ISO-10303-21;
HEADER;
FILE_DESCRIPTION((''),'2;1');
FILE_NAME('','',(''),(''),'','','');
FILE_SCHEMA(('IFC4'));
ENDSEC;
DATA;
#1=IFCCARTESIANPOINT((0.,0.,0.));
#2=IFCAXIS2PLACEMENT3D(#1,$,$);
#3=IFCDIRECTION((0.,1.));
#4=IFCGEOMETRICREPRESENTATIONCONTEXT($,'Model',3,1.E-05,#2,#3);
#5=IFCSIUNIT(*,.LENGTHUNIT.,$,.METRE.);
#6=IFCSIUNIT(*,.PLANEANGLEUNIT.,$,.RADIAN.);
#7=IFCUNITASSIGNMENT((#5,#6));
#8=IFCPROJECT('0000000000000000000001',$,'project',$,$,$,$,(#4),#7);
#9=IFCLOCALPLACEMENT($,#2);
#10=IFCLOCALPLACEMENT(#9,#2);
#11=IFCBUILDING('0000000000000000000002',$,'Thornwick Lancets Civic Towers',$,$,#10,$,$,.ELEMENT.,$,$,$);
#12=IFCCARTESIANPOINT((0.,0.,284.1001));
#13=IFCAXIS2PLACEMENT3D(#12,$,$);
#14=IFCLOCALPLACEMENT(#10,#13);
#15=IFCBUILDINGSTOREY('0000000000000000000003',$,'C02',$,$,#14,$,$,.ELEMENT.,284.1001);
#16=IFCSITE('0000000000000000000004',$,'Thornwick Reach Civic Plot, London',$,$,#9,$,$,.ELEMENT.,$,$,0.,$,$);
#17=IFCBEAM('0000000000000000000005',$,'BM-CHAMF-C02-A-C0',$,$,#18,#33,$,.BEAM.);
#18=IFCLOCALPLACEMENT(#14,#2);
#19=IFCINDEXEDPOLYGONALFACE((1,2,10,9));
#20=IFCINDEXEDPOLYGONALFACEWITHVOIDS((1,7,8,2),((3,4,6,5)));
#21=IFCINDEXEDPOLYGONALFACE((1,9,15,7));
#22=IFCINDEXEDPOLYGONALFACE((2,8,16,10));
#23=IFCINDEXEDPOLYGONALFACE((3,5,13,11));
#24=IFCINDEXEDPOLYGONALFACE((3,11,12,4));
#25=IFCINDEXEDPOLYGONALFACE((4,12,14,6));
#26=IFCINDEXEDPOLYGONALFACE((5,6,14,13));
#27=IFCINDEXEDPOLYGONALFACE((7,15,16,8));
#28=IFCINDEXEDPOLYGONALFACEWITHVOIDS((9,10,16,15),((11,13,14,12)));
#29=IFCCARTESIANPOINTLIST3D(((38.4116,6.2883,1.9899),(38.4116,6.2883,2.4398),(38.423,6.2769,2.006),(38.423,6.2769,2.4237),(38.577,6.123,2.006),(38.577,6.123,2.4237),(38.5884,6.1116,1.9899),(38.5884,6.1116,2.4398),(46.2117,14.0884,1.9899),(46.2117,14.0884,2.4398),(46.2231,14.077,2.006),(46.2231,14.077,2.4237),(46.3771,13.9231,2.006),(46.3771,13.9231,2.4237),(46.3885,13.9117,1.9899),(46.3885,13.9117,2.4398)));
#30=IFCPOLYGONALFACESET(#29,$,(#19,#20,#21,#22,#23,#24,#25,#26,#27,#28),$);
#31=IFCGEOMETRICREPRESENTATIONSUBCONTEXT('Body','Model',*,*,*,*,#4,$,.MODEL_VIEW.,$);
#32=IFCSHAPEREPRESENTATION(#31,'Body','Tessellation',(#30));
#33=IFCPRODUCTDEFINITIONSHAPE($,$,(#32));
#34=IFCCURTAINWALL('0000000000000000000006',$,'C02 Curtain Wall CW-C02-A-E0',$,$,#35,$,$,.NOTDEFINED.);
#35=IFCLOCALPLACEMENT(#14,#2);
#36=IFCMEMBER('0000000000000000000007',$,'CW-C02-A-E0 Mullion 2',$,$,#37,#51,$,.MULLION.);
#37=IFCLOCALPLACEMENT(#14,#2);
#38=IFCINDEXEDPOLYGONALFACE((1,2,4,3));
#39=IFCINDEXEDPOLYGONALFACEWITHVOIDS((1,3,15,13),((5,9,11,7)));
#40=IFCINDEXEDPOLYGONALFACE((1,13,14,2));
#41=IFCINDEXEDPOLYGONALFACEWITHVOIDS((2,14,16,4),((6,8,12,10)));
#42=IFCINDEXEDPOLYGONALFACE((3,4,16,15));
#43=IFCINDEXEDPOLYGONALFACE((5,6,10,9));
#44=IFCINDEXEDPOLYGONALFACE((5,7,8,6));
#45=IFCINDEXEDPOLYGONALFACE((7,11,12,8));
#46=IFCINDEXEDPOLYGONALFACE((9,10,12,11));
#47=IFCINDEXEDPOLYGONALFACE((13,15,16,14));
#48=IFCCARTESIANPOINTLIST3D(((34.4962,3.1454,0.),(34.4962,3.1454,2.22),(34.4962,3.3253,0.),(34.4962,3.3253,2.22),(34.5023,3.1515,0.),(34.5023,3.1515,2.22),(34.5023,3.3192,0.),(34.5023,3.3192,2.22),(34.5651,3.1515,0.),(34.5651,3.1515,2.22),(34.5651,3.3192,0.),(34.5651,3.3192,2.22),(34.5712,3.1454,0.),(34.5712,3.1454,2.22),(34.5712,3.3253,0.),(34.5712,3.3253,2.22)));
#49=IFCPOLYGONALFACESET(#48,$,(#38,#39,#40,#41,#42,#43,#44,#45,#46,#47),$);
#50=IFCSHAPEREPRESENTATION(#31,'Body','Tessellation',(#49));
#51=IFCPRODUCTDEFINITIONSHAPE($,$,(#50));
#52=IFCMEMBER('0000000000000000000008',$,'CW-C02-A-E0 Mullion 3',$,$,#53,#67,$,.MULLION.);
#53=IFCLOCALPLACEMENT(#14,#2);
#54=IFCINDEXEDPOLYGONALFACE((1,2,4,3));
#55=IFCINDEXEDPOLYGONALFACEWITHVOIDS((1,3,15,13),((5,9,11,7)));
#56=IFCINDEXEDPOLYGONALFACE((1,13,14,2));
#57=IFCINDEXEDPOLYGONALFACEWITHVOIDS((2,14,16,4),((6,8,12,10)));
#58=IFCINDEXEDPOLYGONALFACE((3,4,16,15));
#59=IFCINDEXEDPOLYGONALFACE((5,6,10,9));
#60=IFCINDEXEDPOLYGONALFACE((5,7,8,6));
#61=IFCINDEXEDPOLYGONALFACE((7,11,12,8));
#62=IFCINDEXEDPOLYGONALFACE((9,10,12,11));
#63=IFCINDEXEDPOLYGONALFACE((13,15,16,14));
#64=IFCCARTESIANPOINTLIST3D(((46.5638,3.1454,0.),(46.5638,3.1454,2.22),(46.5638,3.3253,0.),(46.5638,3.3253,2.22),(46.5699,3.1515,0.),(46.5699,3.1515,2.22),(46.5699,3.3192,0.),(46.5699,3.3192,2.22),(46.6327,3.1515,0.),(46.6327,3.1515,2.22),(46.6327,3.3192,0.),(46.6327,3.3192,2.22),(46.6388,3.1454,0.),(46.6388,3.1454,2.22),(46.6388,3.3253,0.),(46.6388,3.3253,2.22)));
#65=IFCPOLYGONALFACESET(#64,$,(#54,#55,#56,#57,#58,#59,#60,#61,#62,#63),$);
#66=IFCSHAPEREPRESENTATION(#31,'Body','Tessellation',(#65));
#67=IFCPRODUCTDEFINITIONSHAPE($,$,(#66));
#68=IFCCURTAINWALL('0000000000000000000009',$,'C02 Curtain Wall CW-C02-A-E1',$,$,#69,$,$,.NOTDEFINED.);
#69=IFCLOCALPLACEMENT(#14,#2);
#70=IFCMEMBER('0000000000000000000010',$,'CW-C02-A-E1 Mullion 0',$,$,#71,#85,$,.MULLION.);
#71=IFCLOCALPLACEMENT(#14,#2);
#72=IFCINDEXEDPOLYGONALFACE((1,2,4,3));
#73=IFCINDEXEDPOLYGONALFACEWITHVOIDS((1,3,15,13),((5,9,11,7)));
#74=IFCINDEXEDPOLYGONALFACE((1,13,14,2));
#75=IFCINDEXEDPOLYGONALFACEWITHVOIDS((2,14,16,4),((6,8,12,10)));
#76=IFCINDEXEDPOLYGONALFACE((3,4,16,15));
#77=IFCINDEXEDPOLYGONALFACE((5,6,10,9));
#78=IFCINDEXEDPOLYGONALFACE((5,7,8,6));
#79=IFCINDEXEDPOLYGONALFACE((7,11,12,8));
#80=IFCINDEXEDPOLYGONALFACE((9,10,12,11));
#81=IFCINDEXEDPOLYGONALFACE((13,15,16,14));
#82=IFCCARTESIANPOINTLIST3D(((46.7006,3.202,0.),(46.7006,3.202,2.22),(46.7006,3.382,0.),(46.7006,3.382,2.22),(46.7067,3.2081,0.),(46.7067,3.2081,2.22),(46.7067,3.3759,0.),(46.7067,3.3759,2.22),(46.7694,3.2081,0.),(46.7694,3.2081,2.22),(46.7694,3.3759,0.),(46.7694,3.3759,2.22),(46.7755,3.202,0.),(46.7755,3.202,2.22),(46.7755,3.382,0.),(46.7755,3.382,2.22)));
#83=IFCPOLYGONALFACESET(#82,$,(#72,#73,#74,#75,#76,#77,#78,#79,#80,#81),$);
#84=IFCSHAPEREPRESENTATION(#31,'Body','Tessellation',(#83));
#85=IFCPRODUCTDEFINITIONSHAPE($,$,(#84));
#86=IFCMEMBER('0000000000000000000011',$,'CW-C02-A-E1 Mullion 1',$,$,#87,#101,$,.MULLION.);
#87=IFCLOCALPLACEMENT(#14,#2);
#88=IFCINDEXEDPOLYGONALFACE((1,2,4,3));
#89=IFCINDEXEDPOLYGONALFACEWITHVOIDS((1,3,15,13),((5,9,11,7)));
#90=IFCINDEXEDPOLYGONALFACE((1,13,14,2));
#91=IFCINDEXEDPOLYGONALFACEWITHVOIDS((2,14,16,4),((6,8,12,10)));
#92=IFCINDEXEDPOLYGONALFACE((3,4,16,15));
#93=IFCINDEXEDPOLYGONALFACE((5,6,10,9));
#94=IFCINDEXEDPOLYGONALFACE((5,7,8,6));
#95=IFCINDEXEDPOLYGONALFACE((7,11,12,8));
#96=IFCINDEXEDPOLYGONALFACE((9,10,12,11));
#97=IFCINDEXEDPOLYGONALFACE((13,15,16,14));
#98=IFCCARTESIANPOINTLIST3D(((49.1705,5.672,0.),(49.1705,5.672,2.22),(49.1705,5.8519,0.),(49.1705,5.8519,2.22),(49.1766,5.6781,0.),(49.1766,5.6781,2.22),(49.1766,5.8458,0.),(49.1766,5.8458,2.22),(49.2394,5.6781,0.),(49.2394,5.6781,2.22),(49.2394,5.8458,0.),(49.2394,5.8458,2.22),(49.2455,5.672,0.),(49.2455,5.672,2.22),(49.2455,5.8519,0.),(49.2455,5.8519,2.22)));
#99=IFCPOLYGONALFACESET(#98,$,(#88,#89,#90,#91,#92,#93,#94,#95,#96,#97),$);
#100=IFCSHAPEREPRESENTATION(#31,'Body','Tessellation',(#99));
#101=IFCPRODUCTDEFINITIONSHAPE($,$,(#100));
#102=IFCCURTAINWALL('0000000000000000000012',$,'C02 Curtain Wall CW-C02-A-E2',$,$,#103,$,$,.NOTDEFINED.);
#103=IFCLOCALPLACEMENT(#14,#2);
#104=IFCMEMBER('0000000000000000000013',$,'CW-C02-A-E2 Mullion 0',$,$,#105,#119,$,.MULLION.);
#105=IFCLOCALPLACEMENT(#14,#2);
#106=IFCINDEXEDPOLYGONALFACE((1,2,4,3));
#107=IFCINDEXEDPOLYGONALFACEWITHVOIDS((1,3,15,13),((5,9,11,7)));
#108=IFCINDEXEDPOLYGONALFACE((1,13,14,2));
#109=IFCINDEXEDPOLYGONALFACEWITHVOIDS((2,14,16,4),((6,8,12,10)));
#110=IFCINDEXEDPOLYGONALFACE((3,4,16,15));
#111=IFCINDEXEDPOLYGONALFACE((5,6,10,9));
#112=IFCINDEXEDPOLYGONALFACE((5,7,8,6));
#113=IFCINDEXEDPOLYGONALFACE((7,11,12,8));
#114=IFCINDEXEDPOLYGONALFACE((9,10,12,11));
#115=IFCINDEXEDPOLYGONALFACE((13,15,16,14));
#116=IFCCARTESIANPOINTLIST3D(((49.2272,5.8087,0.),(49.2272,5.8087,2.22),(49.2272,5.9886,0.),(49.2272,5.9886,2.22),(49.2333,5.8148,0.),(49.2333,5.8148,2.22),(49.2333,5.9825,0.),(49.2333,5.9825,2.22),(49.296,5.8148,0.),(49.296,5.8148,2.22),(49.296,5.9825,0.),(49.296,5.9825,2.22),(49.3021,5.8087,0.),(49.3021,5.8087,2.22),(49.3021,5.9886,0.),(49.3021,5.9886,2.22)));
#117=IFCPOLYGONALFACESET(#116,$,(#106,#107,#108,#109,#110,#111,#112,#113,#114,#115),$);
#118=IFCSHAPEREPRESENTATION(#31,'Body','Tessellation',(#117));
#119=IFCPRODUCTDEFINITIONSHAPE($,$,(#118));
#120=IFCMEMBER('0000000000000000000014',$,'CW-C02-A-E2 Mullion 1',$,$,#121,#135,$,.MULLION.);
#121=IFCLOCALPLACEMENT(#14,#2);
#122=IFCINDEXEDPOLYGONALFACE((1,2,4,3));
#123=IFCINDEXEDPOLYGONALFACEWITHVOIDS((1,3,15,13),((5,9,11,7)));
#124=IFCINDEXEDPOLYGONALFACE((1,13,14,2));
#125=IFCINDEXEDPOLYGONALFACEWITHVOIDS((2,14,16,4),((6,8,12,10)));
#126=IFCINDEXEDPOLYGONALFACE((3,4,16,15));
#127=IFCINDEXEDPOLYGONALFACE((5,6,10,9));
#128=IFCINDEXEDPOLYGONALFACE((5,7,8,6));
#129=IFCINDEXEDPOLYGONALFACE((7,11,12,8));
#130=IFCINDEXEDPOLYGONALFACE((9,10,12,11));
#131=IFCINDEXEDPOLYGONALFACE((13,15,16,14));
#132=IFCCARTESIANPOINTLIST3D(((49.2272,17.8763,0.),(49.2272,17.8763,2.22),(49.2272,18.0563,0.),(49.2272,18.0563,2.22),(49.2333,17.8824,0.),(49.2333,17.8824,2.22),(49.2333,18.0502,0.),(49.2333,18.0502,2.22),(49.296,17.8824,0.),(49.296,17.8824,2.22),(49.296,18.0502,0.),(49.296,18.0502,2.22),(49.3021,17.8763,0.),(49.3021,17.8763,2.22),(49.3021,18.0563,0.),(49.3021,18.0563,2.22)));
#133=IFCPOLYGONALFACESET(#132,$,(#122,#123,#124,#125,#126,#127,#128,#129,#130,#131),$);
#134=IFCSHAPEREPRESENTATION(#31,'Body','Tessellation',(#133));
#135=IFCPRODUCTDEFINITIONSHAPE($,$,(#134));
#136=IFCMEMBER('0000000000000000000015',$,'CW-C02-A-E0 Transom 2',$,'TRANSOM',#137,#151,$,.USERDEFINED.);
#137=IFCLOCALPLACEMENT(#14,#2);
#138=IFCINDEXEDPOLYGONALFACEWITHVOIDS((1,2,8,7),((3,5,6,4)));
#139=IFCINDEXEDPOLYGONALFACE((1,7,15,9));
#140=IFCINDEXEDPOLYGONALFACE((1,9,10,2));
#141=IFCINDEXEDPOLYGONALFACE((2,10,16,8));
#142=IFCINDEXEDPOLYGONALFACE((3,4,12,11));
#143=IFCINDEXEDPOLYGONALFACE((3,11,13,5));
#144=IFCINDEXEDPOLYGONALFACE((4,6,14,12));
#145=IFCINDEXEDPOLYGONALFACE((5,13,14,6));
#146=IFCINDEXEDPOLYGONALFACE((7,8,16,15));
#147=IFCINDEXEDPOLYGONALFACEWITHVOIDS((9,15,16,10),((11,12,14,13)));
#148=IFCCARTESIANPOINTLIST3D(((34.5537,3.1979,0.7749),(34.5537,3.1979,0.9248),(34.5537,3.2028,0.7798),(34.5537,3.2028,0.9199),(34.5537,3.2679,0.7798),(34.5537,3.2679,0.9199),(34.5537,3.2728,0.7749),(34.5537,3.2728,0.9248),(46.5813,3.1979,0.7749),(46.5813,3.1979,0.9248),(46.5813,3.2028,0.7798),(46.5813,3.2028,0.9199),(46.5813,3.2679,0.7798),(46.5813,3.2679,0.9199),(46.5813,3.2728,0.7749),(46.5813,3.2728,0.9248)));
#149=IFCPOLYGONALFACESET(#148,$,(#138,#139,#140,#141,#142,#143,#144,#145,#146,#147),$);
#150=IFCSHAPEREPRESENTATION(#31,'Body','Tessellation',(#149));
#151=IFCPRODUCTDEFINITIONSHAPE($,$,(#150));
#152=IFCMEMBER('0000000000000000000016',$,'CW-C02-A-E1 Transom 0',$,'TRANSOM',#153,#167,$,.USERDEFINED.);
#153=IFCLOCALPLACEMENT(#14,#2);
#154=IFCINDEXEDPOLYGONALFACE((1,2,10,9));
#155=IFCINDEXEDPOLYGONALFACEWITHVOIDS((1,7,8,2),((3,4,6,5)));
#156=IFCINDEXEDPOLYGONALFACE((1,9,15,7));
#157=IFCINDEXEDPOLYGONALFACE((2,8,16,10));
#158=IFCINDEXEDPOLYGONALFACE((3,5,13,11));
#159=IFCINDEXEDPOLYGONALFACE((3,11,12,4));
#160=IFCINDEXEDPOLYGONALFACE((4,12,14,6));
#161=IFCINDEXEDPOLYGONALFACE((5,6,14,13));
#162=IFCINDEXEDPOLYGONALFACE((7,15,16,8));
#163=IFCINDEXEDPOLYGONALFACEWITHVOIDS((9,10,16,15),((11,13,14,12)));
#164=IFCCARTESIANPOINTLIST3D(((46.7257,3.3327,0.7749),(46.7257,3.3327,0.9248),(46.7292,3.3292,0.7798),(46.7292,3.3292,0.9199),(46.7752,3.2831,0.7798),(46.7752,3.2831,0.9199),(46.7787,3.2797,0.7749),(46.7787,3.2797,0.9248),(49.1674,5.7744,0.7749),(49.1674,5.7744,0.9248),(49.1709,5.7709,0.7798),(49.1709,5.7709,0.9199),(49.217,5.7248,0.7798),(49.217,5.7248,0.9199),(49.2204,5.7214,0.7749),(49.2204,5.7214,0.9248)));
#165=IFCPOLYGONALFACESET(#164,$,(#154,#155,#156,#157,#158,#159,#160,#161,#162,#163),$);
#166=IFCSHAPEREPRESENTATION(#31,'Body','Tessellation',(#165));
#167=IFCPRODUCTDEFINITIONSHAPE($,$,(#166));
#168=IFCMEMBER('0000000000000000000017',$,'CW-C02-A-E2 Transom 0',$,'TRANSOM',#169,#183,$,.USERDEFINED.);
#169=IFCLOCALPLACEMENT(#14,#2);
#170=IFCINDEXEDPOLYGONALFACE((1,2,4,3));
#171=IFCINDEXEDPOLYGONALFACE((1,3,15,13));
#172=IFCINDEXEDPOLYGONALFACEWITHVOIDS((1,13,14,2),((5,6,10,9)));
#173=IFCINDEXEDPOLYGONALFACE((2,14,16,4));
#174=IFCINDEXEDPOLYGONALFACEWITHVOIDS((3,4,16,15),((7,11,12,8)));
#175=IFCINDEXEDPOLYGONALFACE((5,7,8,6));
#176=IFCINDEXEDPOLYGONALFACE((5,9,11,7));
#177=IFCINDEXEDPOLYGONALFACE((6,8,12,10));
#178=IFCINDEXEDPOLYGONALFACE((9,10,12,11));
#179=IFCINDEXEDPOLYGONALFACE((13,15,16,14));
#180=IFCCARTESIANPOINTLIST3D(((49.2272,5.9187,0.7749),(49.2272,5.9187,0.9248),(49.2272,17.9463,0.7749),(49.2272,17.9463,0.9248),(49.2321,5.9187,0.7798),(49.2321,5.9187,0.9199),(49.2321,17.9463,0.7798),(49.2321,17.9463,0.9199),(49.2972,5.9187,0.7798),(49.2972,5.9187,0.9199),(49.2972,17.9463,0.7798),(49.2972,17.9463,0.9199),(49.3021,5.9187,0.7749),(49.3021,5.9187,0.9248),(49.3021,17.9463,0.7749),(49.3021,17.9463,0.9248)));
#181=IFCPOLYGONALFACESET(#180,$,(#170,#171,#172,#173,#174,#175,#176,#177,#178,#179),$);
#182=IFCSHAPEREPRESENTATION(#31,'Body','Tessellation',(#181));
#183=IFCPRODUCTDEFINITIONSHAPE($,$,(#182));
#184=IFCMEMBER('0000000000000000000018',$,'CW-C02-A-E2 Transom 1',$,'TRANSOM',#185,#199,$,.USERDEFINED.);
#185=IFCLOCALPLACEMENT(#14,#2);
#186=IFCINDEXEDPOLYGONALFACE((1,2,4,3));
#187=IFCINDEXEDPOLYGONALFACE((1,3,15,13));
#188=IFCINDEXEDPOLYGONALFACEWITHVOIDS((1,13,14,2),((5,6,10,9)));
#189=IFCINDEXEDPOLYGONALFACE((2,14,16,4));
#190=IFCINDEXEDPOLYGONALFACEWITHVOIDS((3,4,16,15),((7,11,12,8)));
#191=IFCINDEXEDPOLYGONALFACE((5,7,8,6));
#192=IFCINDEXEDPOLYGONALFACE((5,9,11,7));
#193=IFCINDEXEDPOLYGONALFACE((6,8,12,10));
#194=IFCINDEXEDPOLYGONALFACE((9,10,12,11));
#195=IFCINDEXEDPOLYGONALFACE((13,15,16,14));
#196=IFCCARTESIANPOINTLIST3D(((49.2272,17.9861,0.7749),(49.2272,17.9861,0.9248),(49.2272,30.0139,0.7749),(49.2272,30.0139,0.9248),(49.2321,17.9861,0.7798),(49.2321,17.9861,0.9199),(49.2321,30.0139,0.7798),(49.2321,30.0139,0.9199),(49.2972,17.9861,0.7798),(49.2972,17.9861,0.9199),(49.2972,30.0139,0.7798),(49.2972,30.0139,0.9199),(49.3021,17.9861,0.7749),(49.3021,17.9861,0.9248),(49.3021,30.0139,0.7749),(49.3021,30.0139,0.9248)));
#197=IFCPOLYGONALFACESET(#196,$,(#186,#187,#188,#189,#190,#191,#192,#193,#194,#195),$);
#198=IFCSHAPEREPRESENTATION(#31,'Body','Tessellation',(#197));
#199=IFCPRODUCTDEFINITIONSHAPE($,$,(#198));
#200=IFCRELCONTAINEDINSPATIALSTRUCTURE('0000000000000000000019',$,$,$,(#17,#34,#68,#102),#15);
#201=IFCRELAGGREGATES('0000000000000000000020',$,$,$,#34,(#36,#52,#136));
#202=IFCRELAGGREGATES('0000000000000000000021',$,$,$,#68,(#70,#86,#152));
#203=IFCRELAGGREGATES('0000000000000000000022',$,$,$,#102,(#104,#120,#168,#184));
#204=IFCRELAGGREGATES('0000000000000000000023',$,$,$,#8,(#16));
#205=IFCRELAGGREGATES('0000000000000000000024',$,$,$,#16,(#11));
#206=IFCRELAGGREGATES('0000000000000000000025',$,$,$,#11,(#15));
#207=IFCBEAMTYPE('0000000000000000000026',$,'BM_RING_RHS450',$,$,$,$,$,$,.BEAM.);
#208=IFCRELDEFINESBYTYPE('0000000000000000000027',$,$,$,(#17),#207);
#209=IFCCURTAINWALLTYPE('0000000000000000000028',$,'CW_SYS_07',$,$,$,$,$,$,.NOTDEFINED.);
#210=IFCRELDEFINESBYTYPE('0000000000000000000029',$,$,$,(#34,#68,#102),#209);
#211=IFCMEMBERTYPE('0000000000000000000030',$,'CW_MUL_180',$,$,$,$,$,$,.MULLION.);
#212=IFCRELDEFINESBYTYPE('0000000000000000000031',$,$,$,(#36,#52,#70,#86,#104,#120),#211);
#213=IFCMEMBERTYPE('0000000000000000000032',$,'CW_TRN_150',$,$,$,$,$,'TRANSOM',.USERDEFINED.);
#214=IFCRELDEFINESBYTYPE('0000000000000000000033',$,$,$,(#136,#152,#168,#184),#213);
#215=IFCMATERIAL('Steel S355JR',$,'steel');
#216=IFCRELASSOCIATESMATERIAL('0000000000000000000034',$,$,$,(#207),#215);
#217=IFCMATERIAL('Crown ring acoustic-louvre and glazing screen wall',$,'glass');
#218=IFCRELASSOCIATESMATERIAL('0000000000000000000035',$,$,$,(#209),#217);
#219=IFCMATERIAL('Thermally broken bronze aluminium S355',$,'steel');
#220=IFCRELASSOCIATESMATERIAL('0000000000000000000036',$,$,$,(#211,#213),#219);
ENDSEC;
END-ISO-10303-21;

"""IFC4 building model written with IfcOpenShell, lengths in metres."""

from ifc_helpers import new_model, si_unit, direction, frame, origin, origin_2d, place, context, subcontext, project, spatial, hollow_rectangle, extrude, material, material_profile, profile_set, type_object, element, aggregate, save


model = new_model("IFC4")

# Units and contexts
model_context = context("Model", 3, precision=1e-05, world=origin(), true_north=direction((0.0, 1.0)))
body_context = subcontext(model_context, "Body", "Model", "MODEL_VIEW")
ifc_project = project(units=[si_unit("LENGTHUNIT", "METRE"), si_unit("PLANEANGLEUNIT", "RADIAN")], contexts=[model_context])

# Site, building, storey
site_placement = place(None, origin())
site = spatial("IfcSite", under=ifc_project, at=site_placement, Name="Thornwick Reach Civic Plot, London", CompositionType="ELEMENT", RefElevation=0.0)
building_placement = place(site_placement, origin())
building = spatial("IfcBuilding", under=site, at=building_placement, Name="Thornwick Lancets Civic Towers", CompositionType="ELEMENT")
storey_placement = place(building_placement, frame((0.0, 0.0, 284.1001)))
storey = spatial("IfcBuildingStorey", under=building, at=storey_placement, Name="C02", CompositionType="ELEMENT", Elevation=284.1001)

# Shared definitions
ifc_material_1 = material(Name="Steel S355JR", Category="steel")

# Beam
ifc_material_profile_1 = material_profile(ifc_material_1, hollow_rectangle(XDim=0.25, YDim=0.45, WallThickness=0.0161, at=origin_2d()), Name="RHS 450x250x16")
ifc_profile_set_1 = profile_set([ifc_material_profile_1], Name="Steel S355JR")
beam_type_1 = type_object("IfcBeamType", Name="BM_RING_RHS450", PredefinedType="BEAM", material=ifc_profile_set_1)
beam_1_placement = place(storey_placement, frame((38.5, 6.2, 2.2148), z_axis=(0.707107, 0.707107, 0.0), x_axis=(-0.707107, 0.707107, 0.0)))
element("IfcBeam", 1, at=beam_1_placement, inside=storey, type_object=beam_type_1, Name="BM-CHAMF-C02-A-C0", PredefinedType="BEAM", context=body_context, shape_type="SweptSolid", body=[
    extrude(hollow_rectangle(XDim=0.25, YDim=0.45, WallThickness=0.0161, at=origin_2d()), origin(), (0.0, 0.0, 1.0), 11.031),
])

# Curtain walls, members
ifc_material_2 = material(Name="Crown ring acoustic-louvre and glazing screen wall", Category="glass")
curtain_wall_type = type_object("IfcCurtainWallType", Name="CW_SYS_07", PredefinedType="NOTDEFINED", material=ifc_material_2)
curtain_wall_1_placement = place(storey_placement, origin())
curtain_wall_1 = element("IfcCurtainWall", 2, at=curtain_wall_1_placement, inside=storey, type_object=curtain_wall_type, Name="C02 Curtain Wall CW-C02-A-E0", PredefinedType="NOTDEFINED")
ifc_material_3 = material(Name="Thermally broken bronze aluminium S355", Category="steel")
ifc_material_profile_2 = material_profile(ifc_material_3, hollow_rectangle(XDim=0.075, YDim=0.1799, WallThickness=0.0061, at=origin_2d()), Name="RHS 180x75x6")
ifc_profile_set_2 = profile_set([ifc_material_profile_2], Name="Thermally broken bronze aluminium S355")
member_type_1 = type_object("IfcMemberType", Name="CW_MUL_180", PredefinedType="MULLION", material=ifc_profile_set_2)
member_1_placement = place(storey_placement, frame((34.5337, 3.2354, 0.0), z_axis=(0.0, 0.0, 1.0), x_axis=(1.0, 0.0, 0.0)))
member_1 = element("IfcMember", 3, at=member_1_placement, type_object=member_type_1, Name="CW-C02-A-E0 Mullion 2", PredefinedType="MULLION", context=body_context, shape_type="SweptSolid", body=[
    extrude(hollow_rectangle(XDim=0.075, YDim=0.1799, WallThickness=0.0061, at=origin_2d()), origin(), (0.0, 0.0, 1.0), 2.22),
])
member_2_placement = place(storey_placement, frame((46.6013, 3.2354, 0.0), z_axis=(0.0, 0.0, 1.0), x_axis=(1.0, 0.0, 0.0)))
member_2 = element("IfcMember", 4, at=member_2_placement, type_object=member_type_1, Name="CW-C02-A-E0 Mullion 3", PredefinedType="MULLION", context=body_context, shape_type="SweptSolid", body=[
    extrude(hollow_rectangle(XDim=0.075, YDim=0.1799, WallThickness=0.0061, at=origin_2d()), origin(), (0.0, 0.0, 1.0), 2.22),
])
curtain_wall_2_placement = place(storey_placement, origin())
curtain_wall_2 = element("IfcCurtainWall", 5, at=curtain_wall_2_placement, inside=storey, type_object=curtain_wall_type, Name="C02 Curtain Wall CW-C02-A-E1", PredefinedType="NOTDEFINED")
member_3_placement = place(storey_placement, frame((46.738, 3.292, 0.0), z_axis=(0.0, 0.0, 1.0), x_axis=(1.0, 0.0, 0.0)))
member_3 = element("IfcMember", 6, at=member_3_placement, type_object=member_type_1, Name="CW-C02-A-E1 Mullion 0", PredefinedType="MULLION", context=body_context, shape_type="SweptSolid", body=[
    extrude(hollow_rectangle(XDim=0.075, YDim=0.1799, WallThickness=0.0061, at=origin_2d()), origin(), (0.0, 0.0, 1.0), 2.22),
])
member_4_placement = place(storey_placement, frame((49.208, 5.762, 0.0), z_axis=(0.0, 0.0, 1.0), x_axis=(1.0, 0.0, 0.0)))
member_4 = element("IfcMember", 7, at=member_4_placement, type_object=member_type_1, Name="CW-C02-A-E1 Mullion 1", PredefinedType="MULLION", context=body_context, shape_type="SweptSolid", body=[
    extrude(hollow_rectangle(XDim=0.075, YDim=0.1799, WallThickness=0.0061, at=origin_2d()), origin(), (0.0, 0.0, 1.0), 2.22),
])
curtain_wall_3_placement = place(storey_placement, origin())
curtain_wall_3 = element("IfcCurtainWall", 8, at=curtain_wall_3_placement, inside=storey, type_object=curtain_wall_type, Name="C02 Curtain Wall CW-C02-A-E2", PredefinedType="NOTDEFINED")
member_5_placement = place(storey_placement, frame((49.2646, 5.8987, 0.0), z_axis=(0.0, 0.0, 1.0), x_axis=(1.0, 0.0, 0.0)))
member_5 = element("IfcMember", 9, at=member_5_placement, type_object=member_type_1, Name="CW-C02-A-E2 Mullion 0", PredefinedType="MULLION", context=body_context, shape_type="SweptSolid", body=[
    extrude(hollow_rectangle(XDim=0.075, YDim=0.1799, WallThickness=0.0061, at=origin_2d()), origin(), (0.0, 0.0, 1.0), 2.22),
])
member_6_placement = place(storey_placement, frame((49.2646, 17.9663, 0.0), z_axis=(0.0, 0.0, 1.0), x_axis=(1.0, 0.0, 0.0)))
member_6 = element("IfcMember", 10, at=member_6_placement, type_object=member_type_1, Name="CW-C02-A-E2 Mullion 1", PredefinedType="MULLION", context=body_context, shape_type="SweptSolid", body=[
    extrude(hollow_rectangle(XDim=0.075, YDim=0.1799, WallThickness=0.0061, at=origin_2d()), origin(), (0.0, 0.0, 1.0), 2.22),
])

# Members
ifc_material_profile_3 = material_profile(ifc_material_3, hollow_rectangle(XDim=0.075, YDim=0.1499, WallThickness=0.0049, at=origin_2d()), Name="RHS 150x75x5")
ifc_profile_set_3 = profile_set([ifc_material_profile_3], Name="Thermally broken bronze aluminium S355")
member_type_2 = type_object("IfcMemberType", Name="CW_TRN_150", ElementType="TRANSOM", PredefinedType="USERDEFINED", material=ifc_profile_set_3)
member_7_placement = place(storey_placement, frame((34.5537, 3.2354, 0.8499), z_axis=(1.0, 0.0, 0.0), x_axis=(0.0, 1.0, 0.0)))
member_7 = element("IfcMember", 11, at=member_7_placement, type_object=member_type_2, Name="CW-C02-A-E0 Transom 2", ObjectType="TRANSOM", PredefinedType="USERDEFINED", context=body_context, shape_type="SweptSolid", body=[
    extrude(hollow_rectangle(XDim=0.075, YDim=0.1499, WallThickness=0.0049, at=origin_2d()), origin(), (0.0, 0.0, 1.0), 12.0276),
])
member_8_placement = place(storey_placement, frame((46.7522, 3.3062, 0.8499), z_axis=(0.707107, 0.707107, 0.0), x_axis=(-0.707107, 0.707107, 0.0)))
member_8 = element("IfcMember", 12, at=member_8_placement, type_object=member_type_2, Name="CW-C02-A-E1 Transom 0", ObjectType="TRANSOM", PredefinedType="USERDEFINED", context=body_context, shape_type="SweptSolid", body=[
    extrude(hollow_rectangle(XDim=0.075, YDim=0.1499, WallThickness=0.0049, at=origin_2d()), origin(), (0.0, 0.0, 1.0), 3.4531),
])
member_9_placement = place(storey_placement, frame((49.2646, 5.9187, 0.8499), z_axis=(0.0, 1.0, 0.0), x_axis=(-1.0, 0.0, 0.0)))
member_9 = element("IfcMember", 13, at=member_9_placement, type_object=member_type_2, Name="CW-C02-A-E2 Transom 0", ObjectType="TRANSOM", PredefinedType="USERDEFINED", context=body_context, shape_type="SweptSolid", body=[
    extrude(hollow_rectangle(XDim=0.075, YDim=0.1499, WallThickness=0.0049, at=origin_2d()), origin(), (0.0, 0.0, 1.0), 12.0276),
])
member_10_placement = place(storey_placement, frame((49.2646, 17.9861, 0.8499), z_axis=(0.0, 1.0, 0.0), x_axis=(-1.0, 0.0, 0.0)))
member_10 = element("IfcMember", 14, at=member_10_placement, type_object=member_type_2, Name="CW-C02-A-E2 Transom 1", ObjectType="TRANSOM", PredefinedType="USERDEFINED", context=body_context, shape_type="SweptSolid", body=[
    extrude(hollow_rectangle(XDim=0.075, YDim=0.1499, WallThickness=0.0049, at=origin_2d()), origin(), (0.0, 0.0, 1.0), 12.0278),
])

aggregate(curtain_wall_1, [member_1, member_2, member_7])
aggregate(curtain_wall_2, [member_3, member_4, member_8])
aggregate(curtain_wall_3, [member_5, member_6, member_9, member_10])

save(model, "model.ifc")
